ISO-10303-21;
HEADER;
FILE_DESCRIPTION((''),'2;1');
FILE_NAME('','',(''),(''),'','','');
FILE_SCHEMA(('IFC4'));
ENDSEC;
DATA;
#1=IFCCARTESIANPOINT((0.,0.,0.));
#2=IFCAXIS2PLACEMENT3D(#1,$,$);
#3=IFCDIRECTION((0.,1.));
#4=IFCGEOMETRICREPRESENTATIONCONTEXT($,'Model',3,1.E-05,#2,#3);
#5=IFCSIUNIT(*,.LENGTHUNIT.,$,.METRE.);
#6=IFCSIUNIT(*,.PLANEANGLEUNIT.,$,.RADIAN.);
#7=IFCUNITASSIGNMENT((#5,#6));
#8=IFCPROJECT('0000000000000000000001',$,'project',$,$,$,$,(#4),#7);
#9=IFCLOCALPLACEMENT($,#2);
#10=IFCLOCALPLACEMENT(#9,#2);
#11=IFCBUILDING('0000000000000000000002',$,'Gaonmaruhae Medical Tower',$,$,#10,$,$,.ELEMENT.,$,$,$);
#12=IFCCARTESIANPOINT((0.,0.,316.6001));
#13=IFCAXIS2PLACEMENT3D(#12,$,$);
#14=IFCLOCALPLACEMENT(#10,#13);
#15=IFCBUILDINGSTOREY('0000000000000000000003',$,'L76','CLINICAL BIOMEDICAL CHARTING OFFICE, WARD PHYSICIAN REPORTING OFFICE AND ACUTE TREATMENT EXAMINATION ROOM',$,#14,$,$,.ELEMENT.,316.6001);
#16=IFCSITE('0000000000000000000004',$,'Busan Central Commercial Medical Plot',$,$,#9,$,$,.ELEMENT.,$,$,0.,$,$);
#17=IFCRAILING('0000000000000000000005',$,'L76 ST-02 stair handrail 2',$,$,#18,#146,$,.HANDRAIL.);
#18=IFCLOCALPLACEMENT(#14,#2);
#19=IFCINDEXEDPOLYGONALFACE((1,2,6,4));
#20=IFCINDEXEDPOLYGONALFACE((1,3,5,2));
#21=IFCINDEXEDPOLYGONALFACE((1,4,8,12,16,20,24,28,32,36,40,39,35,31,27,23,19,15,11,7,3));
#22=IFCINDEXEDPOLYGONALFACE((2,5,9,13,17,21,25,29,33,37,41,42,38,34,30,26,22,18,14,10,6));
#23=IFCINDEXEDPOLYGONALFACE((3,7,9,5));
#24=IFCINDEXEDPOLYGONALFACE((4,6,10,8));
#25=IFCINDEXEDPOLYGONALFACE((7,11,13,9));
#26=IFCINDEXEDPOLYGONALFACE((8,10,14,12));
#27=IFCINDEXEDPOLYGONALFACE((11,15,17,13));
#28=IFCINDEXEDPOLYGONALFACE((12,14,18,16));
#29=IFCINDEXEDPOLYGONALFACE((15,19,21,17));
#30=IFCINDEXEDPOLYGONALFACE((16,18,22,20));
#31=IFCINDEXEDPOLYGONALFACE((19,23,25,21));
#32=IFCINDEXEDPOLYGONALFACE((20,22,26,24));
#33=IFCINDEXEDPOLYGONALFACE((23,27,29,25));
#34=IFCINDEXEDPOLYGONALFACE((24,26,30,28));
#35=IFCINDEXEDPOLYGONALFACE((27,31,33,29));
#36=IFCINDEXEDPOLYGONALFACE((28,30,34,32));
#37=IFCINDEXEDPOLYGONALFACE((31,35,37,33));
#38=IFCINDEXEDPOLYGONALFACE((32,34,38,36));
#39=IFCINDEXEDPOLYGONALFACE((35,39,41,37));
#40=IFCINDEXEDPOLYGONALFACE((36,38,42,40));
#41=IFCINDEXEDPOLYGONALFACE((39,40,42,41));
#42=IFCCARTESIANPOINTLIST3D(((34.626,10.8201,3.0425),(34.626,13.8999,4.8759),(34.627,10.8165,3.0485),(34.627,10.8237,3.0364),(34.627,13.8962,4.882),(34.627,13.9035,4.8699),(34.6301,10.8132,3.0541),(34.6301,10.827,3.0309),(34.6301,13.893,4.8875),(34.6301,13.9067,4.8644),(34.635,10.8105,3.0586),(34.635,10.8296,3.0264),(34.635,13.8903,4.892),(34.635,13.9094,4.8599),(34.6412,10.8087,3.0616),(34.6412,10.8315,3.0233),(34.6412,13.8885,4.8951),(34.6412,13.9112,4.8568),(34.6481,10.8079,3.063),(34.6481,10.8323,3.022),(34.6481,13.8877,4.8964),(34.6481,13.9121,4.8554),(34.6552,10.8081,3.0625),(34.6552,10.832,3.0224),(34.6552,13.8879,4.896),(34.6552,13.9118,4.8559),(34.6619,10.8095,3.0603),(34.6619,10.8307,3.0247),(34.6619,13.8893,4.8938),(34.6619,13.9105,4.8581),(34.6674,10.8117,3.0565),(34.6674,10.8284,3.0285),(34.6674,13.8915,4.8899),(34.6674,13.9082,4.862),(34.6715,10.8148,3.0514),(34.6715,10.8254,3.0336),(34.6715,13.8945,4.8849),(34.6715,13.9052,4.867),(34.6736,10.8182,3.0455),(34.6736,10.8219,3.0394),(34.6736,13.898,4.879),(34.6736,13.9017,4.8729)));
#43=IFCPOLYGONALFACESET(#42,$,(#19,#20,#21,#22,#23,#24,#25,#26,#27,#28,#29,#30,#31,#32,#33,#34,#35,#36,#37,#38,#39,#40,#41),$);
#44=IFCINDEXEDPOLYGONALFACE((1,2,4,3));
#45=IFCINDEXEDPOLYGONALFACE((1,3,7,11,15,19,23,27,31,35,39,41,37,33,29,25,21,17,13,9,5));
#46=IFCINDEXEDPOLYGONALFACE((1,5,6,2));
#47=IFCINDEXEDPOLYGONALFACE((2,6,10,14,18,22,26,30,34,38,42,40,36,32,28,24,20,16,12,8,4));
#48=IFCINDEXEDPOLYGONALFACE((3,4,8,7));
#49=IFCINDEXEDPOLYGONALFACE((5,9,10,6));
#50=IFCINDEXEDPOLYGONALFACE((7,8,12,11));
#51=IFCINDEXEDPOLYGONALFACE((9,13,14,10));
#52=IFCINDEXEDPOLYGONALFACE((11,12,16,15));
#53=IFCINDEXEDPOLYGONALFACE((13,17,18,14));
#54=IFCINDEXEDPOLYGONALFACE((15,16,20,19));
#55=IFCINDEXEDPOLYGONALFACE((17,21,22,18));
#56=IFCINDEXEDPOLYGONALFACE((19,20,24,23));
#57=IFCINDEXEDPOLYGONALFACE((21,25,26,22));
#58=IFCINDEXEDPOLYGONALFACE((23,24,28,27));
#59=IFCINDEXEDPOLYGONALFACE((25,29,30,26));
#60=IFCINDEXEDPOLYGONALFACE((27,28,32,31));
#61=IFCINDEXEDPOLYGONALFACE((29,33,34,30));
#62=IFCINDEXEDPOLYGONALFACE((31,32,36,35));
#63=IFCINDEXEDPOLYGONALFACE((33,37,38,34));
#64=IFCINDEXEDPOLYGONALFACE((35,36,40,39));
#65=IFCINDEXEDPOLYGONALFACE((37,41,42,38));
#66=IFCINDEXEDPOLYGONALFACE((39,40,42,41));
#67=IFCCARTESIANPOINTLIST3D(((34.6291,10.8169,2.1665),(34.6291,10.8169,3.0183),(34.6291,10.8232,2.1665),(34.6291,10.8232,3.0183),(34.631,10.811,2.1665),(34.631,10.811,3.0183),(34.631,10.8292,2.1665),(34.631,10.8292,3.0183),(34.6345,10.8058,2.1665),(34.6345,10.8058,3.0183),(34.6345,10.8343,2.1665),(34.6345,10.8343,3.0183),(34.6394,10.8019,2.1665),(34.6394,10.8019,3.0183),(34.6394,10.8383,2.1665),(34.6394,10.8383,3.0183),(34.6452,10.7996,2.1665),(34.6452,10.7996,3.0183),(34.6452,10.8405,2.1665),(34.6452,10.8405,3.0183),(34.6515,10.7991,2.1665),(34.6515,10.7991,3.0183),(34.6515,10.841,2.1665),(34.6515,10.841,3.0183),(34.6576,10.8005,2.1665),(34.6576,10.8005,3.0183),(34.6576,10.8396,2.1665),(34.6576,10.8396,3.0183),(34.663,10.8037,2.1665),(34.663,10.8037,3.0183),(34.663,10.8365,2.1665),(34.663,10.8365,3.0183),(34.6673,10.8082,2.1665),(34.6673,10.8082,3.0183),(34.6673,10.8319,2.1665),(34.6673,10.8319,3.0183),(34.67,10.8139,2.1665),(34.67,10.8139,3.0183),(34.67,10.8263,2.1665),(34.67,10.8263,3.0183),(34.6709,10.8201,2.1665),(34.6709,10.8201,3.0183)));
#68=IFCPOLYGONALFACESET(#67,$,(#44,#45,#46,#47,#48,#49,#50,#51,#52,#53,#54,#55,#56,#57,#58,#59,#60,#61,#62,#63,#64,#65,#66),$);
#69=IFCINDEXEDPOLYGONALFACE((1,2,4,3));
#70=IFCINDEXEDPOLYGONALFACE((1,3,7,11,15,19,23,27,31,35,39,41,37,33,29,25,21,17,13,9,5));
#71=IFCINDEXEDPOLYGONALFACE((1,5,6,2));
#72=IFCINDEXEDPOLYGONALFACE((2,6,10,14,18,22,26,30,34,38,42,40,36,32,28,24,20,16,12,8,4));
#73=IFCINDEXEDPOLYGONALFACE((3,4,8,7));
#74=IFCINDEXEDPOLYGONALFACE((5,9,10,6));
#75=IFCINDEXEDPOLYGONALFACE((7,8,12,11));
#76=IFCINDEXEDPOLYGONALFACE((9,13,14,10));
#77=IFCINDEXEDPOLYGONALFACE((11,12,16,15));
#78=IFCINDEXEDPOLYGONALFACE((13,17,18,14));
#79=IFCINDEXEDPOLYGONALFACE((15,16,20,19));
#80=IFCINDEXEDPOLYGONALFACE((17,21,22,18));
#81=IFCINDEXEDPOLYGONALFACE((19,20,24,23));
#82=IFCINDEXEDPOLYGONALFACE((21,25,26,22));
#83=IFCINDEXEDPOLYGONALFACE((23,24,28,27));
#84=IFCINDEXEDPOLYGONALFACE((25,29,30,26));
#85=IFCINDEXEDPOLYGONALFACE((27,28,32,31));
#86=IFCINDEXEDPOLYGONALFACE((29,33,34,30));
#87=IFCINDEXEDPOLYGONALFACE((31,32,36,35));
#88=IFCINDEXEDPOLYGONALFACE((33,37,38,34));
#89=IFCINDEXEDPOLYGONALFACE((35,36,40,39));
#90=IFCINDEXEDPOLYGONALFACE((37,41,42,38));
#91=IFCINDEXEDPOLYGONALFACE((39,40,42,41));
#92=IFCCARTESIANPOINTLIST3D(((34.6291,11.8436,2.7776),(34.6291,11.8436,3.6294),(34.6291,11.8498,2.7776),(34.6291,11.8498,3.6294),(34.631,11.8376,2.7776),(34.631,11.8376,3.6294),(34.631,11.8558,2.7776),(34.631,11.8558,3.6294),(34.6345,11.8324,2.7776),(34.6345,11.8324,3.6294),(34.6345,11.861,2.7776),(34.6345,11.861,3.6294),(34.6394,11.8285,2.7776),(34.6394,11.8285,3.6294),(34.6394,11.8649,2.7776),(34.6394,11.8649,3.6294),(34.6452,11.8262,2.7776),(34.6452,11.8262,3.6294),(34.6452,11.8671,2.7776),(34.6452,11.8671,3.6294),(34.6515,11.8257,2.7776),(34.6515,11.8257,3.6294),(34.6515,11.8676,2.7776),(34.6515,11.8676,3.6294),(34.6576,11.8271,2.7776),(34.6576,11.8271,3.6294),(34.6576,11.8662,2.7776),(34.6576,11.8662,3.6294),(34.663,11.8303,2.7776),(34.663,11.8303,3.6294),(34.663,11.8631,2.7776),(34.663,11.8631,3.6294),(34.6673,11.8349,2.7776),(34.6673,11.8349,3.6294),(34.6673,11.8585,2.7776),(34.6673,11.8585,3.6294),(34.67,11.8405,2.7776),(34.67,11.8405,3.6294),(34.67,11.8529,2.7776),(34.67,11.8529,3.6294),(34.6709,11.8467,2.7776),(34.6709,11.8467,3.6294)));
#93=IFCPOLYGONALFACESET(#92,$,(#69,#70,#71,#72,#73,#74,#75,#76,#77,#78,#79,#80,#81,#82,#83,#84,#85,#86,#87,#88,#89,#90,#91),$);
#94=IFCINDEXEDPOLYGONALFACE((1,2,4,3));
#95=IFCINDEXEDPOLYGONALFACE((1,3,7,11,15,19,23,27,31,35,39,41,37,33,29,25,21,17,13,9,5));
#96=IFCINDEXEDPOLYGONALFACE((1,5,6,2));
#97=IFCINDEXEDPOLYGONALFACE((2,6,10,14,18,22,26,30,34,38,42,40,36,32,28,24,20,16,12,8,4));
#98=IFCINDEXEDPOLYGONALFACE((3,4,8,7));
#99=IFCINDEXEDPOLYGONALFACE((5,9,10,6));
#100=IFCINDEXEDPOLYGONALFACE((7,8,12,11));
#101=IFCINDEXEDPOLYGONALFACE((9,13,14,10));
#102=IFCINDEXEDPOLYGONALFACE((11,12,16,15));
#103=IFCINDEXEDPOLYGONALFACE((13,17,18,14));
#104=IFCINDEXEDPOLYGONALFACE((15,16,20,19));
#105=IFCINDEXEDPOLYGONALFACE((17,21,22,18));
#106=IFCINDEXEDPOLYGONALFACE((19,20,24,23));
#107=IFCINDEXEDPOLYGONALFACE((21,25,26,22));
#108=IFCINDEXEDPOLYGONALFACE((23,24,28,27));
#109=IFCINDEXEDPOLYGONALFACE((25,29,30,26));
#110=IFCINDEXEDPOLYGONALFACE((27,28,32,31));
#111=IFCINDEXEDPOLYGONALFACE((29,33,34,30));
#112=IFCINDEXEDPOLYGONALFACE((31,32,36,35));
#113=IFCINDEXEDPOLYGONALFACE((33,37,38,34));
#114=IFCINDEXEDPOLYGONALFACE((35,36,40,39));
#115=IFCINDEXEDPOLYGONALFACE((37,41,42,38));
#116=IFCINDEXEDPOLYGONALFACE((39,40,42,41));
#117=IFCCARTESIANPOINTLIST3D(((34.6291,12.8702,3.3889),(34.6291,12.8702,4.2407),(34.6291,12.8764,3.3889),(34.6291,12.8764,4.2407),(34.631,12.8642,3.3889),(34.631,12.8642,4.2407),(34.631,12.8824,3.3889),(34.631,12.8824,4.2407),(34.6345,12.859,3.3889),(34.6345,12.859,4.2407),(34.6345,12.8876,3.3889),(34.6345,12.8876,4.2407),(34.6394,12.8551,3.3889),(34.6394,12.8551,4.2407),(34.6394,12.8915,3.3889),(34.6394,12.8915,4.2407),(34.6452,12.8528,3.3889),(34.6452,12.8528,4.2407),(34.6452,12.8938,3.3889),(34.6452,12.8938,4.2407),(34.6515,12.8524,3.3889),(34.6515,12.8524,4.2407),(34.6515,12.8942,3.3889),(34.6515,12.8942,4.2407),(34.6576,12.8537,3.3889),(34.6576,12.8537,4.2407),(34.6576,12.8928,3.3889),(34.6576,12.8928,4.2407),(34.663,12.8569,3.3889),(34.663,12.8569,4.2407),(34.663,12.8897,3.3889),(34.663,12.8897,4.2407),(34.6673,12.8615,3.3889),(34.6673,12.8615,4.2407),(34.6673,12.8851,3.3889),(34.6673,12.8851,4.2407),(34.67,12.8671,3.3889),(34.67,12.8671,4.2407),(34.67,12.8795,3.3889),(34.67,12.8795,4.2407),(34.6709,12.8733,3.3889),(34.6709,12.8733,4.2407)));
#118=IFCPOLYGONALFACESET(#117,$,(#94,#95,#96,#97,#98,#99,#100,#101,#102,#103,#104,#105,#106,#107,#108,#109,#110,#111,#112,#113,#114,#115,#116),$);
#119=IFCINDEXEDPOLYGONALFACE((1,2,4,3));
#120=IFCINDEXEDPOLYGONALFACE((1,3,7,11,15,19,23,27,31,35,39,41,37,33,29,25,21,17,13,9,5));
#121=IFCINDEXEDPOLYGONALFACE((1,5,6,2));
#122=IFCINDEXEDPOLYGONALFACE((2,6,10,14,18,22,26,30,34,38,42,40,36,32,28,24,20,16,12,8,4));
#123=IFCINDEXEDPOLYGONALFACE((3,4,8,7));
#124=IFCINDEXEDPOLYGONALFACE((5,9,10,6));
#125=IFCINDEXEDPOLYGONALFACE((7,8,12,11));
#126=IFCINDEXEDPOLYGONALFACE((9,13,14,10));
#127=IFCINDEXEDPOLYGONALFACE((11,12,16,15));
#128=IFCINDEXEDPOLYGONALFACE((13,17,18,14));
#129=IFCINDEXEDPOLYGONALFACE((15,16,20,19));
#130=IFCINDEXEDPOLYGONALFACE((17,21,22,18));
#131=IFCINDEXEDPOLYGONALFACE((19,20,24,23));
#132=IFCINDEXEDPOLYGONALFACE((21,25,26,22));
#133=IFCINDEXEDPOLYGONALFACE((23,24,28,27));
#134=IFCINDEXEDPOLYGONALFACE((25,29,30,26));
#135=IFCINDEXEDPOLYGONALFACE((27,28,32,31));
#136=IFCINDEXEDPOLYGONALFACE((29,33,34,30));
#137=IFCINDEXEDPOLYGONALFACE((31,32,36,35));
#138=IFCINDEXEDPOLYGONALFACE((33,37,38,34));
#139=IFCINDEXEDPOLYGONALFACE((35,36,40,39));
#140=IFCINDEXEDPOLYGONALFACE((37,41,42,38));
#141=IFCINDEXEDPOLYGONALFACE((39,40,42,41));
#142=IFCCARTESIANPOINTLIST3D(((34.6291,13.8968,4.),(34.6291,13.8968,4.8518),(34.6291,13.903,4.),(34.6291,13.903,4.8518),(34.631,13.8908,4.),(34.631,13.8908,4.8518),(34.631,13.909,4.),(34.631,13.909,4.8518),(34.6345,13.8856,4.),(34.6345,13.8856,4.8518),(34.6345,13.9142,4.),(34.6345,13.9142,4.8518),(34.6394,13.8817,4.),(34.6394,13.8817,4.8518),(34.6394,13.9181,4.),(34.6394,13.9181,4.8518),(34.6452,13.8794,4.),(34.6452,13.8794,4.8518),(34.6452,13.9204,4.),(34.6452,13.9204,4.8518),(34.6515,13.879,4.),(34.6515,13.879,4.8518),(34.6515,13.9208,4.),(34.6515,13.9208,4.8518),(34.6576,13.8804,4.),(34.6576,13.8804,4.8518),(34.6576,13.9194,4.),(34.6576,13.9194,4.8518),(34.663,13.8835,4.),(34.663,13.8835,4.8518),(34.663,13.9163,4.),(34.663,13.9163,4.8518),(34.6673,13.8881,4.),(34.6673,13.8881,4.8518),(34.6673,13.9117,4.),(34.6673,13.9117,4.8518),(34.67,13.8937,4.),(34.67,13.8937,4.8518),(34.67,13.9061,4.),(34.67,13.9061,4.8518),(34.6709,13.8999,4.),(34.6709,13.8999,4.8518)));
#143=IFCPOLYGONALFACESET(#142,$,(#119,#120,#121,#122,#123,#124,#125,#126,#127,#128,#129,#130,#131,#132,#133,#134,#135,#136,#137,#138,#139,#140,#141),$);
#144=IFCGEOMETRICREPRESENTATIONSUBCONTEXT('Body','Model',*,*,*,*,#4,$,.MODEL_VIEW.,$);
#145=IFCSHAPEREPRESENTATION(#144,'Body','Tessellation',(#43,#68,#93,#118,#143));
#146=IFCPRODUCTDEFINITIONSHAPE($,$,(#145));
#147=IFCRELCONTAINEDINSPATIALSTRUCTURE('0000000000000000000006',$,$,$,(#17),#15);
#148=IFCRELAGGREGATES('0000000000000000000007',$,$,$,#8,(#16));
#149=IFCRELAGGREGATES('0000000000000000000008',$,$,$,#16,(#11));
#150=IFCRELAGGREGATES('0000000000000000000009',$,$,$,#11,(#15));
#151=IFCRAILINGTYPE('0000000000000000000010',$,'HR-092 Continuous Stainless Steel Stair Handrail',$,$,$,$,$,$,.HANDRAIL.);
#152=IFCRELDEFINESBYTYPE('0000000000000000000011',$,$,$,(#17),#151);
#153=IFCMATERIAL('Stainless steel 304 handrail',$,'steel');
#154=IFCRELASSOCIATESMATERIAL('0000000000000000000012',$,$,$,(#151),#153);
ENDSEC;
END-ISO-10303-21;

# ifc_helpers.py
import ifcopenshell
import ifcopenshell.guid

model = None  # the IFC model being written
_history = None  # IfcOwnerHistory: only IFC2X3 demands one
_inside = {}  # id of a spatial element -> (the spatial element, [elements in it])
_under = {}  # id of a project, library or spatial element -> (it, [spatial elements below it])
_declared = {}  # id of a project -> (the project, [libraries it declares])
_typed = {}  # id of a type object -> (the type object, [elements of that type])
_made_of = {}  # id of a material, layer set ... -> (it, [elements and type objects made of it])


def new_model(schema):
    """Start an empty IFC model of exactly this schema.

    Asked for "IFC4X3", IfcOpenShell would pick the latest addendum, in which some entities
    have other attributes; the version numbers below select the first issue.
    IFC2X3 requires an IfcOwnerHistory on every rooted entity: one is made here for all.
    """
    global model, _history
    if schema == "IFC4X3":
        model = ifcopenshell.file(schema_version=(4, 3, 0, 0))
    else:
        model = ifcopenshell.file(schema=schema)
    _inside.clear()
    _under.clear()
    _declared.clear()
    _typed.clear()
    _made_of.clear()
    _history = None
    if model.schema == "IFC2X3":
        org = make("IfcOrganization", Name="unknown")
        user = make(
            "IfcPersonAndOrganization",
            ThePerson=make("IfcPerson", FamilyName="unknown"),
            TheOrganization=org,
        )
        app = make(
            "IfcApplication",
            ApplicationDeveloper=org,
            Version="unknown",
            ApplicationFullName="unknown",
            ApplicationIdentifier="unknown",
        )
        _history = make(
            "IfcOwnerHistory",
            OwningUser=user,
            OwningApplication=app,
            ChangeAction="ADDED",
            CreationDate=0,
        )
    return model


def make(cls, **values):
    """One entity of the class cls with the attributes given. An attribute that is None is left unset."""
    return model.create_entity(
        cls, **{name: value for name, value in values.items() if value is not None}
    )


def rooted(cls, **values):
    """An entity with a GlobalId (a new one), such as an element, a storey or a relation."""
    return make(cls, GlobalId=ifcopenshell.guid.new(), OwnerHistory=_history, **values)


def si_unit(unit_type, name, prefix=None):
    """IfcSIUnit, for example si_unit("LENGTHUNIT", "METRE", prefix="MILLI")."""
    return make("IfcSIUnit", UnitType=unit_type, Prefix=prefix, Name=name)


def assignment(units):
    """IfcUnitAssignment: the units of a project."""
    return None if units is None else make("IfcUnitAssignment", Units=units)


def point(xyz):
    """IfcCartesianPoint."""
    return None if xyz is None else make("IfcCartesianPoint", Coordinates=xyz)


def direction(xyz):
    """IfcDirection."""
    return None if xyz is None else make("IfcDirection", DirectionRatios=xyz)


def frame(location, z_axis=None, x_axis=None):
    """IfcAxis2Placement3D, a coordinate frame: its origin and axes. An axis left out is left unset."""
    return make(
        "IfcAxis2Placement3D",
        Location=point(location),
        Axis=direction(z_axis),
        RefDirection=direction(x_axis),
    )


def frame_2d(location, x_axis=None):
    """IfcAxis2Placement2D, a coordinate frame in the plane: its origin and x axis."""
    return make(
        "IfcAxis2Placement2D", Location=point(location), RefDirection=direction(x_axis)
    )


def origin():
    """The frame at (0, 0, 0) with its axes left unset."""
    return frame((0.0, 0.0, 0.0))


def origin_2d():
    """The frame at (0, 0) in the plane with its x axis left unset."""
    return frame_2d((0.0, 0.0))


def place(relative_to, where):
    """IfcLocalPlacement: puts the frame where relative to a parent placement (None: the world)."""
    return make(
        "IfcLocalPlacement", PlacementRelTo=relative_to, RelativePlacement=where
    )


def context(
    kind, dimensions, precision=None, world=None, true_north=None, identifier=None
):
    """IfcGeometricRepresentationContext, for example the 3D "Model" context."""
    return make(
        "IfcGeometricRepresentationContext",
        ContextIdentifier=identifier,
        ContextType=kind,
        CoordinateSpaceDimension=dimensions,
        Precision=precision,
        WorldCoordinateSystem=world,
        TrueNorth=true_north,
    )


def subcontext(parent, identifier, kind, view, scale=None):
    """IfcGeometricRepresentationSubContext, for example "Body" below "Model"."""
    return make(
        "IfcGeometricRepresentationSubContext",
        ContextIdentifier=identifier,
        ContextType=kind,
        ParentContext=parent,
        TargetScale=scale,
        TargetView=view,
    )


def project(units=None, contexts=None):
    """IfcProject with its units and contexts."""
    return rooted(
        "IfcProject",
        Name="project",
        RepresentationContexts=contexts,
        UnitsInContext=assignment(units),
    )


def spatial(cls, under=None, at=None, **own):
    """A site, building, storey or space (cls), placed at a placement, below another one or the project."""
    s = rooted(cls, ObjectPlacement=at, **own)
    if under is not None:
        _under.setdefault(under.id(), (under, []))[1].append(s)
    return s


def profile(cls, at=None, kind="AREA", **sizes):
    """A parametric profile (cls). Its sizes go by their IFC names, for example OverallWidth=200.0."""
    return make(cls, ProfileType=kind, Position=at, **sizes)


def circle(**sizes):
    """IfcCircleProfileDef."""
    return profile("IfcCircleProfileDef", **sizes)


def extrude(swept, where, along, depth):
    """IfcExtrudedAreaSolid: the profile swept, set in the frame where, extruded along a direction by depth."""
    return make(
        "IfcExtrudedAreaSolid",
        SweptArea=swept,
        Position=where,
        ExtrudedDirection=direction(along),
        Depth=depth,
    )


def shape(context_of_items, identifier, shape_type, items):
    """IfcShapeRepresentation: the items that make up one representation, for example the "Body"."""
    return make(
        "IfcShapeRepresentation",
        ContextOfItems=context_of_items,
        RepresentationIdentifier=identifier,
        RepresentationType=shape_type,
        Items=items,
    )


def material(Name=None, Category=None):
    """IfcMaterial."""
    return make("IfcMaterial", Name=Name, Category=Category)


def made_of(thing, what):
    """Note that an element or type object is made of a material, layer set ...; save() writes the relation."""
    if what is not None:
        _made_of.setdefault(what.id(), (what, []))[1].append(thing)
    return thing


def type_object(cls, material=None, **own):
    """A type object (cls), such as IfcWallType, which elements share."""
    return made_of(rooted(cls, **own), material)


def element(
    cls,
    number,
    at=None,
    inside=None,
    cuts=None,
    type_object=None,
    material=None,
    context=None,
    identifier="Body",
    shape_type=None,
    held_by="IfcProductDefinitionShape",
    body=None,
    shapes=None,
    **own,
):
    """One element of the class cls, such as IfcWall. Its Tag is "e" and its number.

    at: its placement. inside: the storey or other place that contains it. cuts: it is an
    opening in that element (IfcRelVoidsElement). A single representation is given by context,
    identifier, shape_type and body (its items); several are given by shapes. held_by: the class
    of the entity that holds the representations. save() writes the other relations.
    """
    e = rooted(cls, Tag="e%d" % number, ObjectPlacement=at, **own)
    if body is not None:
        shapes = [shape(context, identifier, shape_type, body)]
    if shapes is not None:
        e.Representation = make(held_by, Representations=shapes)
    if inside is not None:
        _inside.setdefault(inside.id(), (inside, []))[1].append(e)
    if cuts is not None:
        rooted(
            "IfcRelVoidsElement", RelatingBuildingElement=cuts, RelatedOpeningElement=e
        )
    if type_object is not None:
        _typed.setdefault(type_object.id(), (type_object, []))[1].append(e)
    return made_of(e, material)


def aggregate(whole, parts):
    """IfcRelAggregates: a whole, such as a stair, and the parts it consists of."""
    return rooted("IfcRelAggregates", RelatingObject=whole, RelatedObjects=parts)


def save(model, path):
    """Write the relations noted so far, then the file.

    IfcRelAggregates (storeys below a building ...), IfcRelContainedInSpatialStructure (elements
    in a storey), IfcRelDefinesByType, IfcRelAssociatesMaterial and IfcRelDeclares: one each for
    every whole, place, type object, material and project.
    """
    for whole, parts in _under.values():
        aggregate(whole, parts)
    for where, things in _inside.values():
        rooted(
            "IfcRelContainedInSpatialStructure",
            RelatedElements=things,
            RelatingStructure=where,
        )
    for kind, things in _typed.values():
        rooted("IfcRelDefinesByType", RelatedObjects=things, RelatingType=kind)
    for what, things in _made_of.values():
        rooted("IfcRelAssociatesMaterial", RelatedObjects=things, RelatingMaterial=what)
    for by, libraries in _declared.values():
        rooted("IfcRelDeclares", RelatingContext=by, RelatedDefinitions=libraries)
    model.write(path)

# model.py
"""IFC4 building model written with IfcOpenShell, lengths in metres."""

from ifc_helpers import new_model, si_unit, direction, frame, origin, origin_2d, place, context, subcontext, project, spatial, circle, extrude, material, type_object, element, save


model = new_model("IFC4")

# Units and contexts
model_context = context("Model", 3, precision=1e-05, world=origin(), true_north=direction((0.0, 1.0)))
body_context = subcontext(model_context, "Body", "Model", "MODEL_VIEW")
ifc_project = project(units=[si_unit("LENGTHUNIT", "METRE"), si_unit("PLANEANGLEUNIT", "RADIAN")], contexts=[model_context])

# Site, building, storey
site_placement = place(None, origin())
site = spatial("IfcSite", under=ifc_project, at=site_placement, Name="Busan Central Commercial Medical Plot", CompositionType="ELEMENT", RefElevation=0.0)
building_placement = place(site_placement, origin())
building = spatial("IfcBuilding", under=site, at=building_placement, Name="Gaonmaruhae Medical Tower", CompositionType="ELEMENT")
storey_placement = place(building_placement, frame((0.0, 0.0, 316.6001)))
storey = spatial("IfcBuildingStorey", under=building, at=storey_placement, Name="L76", Description="CLINICAL BIOMEDICAL CHARTING OFFICE, WARD PHYSICIAN REPORTING OFFICE AND ACUTE TREATMENT EXAMINATION ROOM", CompositionType="ELEMENT", Elevation=316.6001)

# Railing
ifc_material_1 = material(Name="Stainless steel 304 handrail", Category="steel")
railing_type_1 = type_object("IfcRailingType", Name="HR-092 Continuous Stainless Steel Stair Handrail", PredefinedType="HANDRAIL", material=ifc_material_1)
railing_1_placement = place(storey_placement, frame((34.6499, 10.8201, 2.1665)))
element("IfcRailing", 1, at=railing_1_placement, inside=storey, type_object=railing_type_1, Name="L76 ST-02 stair handrail 2", PredefinedType="HANDRAIL", context=body_context, shape_type="SweptSolid", body=[
    extrude(circle(Radius=0.0239, at=origin_2d()), frame((0.0, 0.0, 0.876), z_axis=(0.0, 0.859261, 0.511538), x_axis=(-1.0, 0.0, 0.0)), (0.0, 0.0, 1.0), 3.5842),
    extrude(circle(Radius=0.021, at=origin_2d()), origin(), (0.0, 0.0, 1.0), 0.8518),
    extrude(circle(Radius=0.021, at=origin_2d()), frame((0.0, 1.0266, 0.6111)), (0.0, 0.0, 1.0), 0.8518),
    extrude(circle(Radius=0.021, at=origin_2d()), frame((0.0, 2.0532, 1.2224)), (0.0, 0.0, 1.0), 0.8518),
    extrude(circle(Radius=0.021, at=origin_2d()), frame((0.0, 3.0798, 1.8335)), (0.0, 0.0, 1.0), 0.8518),
])

save(model, "model.ifc")
